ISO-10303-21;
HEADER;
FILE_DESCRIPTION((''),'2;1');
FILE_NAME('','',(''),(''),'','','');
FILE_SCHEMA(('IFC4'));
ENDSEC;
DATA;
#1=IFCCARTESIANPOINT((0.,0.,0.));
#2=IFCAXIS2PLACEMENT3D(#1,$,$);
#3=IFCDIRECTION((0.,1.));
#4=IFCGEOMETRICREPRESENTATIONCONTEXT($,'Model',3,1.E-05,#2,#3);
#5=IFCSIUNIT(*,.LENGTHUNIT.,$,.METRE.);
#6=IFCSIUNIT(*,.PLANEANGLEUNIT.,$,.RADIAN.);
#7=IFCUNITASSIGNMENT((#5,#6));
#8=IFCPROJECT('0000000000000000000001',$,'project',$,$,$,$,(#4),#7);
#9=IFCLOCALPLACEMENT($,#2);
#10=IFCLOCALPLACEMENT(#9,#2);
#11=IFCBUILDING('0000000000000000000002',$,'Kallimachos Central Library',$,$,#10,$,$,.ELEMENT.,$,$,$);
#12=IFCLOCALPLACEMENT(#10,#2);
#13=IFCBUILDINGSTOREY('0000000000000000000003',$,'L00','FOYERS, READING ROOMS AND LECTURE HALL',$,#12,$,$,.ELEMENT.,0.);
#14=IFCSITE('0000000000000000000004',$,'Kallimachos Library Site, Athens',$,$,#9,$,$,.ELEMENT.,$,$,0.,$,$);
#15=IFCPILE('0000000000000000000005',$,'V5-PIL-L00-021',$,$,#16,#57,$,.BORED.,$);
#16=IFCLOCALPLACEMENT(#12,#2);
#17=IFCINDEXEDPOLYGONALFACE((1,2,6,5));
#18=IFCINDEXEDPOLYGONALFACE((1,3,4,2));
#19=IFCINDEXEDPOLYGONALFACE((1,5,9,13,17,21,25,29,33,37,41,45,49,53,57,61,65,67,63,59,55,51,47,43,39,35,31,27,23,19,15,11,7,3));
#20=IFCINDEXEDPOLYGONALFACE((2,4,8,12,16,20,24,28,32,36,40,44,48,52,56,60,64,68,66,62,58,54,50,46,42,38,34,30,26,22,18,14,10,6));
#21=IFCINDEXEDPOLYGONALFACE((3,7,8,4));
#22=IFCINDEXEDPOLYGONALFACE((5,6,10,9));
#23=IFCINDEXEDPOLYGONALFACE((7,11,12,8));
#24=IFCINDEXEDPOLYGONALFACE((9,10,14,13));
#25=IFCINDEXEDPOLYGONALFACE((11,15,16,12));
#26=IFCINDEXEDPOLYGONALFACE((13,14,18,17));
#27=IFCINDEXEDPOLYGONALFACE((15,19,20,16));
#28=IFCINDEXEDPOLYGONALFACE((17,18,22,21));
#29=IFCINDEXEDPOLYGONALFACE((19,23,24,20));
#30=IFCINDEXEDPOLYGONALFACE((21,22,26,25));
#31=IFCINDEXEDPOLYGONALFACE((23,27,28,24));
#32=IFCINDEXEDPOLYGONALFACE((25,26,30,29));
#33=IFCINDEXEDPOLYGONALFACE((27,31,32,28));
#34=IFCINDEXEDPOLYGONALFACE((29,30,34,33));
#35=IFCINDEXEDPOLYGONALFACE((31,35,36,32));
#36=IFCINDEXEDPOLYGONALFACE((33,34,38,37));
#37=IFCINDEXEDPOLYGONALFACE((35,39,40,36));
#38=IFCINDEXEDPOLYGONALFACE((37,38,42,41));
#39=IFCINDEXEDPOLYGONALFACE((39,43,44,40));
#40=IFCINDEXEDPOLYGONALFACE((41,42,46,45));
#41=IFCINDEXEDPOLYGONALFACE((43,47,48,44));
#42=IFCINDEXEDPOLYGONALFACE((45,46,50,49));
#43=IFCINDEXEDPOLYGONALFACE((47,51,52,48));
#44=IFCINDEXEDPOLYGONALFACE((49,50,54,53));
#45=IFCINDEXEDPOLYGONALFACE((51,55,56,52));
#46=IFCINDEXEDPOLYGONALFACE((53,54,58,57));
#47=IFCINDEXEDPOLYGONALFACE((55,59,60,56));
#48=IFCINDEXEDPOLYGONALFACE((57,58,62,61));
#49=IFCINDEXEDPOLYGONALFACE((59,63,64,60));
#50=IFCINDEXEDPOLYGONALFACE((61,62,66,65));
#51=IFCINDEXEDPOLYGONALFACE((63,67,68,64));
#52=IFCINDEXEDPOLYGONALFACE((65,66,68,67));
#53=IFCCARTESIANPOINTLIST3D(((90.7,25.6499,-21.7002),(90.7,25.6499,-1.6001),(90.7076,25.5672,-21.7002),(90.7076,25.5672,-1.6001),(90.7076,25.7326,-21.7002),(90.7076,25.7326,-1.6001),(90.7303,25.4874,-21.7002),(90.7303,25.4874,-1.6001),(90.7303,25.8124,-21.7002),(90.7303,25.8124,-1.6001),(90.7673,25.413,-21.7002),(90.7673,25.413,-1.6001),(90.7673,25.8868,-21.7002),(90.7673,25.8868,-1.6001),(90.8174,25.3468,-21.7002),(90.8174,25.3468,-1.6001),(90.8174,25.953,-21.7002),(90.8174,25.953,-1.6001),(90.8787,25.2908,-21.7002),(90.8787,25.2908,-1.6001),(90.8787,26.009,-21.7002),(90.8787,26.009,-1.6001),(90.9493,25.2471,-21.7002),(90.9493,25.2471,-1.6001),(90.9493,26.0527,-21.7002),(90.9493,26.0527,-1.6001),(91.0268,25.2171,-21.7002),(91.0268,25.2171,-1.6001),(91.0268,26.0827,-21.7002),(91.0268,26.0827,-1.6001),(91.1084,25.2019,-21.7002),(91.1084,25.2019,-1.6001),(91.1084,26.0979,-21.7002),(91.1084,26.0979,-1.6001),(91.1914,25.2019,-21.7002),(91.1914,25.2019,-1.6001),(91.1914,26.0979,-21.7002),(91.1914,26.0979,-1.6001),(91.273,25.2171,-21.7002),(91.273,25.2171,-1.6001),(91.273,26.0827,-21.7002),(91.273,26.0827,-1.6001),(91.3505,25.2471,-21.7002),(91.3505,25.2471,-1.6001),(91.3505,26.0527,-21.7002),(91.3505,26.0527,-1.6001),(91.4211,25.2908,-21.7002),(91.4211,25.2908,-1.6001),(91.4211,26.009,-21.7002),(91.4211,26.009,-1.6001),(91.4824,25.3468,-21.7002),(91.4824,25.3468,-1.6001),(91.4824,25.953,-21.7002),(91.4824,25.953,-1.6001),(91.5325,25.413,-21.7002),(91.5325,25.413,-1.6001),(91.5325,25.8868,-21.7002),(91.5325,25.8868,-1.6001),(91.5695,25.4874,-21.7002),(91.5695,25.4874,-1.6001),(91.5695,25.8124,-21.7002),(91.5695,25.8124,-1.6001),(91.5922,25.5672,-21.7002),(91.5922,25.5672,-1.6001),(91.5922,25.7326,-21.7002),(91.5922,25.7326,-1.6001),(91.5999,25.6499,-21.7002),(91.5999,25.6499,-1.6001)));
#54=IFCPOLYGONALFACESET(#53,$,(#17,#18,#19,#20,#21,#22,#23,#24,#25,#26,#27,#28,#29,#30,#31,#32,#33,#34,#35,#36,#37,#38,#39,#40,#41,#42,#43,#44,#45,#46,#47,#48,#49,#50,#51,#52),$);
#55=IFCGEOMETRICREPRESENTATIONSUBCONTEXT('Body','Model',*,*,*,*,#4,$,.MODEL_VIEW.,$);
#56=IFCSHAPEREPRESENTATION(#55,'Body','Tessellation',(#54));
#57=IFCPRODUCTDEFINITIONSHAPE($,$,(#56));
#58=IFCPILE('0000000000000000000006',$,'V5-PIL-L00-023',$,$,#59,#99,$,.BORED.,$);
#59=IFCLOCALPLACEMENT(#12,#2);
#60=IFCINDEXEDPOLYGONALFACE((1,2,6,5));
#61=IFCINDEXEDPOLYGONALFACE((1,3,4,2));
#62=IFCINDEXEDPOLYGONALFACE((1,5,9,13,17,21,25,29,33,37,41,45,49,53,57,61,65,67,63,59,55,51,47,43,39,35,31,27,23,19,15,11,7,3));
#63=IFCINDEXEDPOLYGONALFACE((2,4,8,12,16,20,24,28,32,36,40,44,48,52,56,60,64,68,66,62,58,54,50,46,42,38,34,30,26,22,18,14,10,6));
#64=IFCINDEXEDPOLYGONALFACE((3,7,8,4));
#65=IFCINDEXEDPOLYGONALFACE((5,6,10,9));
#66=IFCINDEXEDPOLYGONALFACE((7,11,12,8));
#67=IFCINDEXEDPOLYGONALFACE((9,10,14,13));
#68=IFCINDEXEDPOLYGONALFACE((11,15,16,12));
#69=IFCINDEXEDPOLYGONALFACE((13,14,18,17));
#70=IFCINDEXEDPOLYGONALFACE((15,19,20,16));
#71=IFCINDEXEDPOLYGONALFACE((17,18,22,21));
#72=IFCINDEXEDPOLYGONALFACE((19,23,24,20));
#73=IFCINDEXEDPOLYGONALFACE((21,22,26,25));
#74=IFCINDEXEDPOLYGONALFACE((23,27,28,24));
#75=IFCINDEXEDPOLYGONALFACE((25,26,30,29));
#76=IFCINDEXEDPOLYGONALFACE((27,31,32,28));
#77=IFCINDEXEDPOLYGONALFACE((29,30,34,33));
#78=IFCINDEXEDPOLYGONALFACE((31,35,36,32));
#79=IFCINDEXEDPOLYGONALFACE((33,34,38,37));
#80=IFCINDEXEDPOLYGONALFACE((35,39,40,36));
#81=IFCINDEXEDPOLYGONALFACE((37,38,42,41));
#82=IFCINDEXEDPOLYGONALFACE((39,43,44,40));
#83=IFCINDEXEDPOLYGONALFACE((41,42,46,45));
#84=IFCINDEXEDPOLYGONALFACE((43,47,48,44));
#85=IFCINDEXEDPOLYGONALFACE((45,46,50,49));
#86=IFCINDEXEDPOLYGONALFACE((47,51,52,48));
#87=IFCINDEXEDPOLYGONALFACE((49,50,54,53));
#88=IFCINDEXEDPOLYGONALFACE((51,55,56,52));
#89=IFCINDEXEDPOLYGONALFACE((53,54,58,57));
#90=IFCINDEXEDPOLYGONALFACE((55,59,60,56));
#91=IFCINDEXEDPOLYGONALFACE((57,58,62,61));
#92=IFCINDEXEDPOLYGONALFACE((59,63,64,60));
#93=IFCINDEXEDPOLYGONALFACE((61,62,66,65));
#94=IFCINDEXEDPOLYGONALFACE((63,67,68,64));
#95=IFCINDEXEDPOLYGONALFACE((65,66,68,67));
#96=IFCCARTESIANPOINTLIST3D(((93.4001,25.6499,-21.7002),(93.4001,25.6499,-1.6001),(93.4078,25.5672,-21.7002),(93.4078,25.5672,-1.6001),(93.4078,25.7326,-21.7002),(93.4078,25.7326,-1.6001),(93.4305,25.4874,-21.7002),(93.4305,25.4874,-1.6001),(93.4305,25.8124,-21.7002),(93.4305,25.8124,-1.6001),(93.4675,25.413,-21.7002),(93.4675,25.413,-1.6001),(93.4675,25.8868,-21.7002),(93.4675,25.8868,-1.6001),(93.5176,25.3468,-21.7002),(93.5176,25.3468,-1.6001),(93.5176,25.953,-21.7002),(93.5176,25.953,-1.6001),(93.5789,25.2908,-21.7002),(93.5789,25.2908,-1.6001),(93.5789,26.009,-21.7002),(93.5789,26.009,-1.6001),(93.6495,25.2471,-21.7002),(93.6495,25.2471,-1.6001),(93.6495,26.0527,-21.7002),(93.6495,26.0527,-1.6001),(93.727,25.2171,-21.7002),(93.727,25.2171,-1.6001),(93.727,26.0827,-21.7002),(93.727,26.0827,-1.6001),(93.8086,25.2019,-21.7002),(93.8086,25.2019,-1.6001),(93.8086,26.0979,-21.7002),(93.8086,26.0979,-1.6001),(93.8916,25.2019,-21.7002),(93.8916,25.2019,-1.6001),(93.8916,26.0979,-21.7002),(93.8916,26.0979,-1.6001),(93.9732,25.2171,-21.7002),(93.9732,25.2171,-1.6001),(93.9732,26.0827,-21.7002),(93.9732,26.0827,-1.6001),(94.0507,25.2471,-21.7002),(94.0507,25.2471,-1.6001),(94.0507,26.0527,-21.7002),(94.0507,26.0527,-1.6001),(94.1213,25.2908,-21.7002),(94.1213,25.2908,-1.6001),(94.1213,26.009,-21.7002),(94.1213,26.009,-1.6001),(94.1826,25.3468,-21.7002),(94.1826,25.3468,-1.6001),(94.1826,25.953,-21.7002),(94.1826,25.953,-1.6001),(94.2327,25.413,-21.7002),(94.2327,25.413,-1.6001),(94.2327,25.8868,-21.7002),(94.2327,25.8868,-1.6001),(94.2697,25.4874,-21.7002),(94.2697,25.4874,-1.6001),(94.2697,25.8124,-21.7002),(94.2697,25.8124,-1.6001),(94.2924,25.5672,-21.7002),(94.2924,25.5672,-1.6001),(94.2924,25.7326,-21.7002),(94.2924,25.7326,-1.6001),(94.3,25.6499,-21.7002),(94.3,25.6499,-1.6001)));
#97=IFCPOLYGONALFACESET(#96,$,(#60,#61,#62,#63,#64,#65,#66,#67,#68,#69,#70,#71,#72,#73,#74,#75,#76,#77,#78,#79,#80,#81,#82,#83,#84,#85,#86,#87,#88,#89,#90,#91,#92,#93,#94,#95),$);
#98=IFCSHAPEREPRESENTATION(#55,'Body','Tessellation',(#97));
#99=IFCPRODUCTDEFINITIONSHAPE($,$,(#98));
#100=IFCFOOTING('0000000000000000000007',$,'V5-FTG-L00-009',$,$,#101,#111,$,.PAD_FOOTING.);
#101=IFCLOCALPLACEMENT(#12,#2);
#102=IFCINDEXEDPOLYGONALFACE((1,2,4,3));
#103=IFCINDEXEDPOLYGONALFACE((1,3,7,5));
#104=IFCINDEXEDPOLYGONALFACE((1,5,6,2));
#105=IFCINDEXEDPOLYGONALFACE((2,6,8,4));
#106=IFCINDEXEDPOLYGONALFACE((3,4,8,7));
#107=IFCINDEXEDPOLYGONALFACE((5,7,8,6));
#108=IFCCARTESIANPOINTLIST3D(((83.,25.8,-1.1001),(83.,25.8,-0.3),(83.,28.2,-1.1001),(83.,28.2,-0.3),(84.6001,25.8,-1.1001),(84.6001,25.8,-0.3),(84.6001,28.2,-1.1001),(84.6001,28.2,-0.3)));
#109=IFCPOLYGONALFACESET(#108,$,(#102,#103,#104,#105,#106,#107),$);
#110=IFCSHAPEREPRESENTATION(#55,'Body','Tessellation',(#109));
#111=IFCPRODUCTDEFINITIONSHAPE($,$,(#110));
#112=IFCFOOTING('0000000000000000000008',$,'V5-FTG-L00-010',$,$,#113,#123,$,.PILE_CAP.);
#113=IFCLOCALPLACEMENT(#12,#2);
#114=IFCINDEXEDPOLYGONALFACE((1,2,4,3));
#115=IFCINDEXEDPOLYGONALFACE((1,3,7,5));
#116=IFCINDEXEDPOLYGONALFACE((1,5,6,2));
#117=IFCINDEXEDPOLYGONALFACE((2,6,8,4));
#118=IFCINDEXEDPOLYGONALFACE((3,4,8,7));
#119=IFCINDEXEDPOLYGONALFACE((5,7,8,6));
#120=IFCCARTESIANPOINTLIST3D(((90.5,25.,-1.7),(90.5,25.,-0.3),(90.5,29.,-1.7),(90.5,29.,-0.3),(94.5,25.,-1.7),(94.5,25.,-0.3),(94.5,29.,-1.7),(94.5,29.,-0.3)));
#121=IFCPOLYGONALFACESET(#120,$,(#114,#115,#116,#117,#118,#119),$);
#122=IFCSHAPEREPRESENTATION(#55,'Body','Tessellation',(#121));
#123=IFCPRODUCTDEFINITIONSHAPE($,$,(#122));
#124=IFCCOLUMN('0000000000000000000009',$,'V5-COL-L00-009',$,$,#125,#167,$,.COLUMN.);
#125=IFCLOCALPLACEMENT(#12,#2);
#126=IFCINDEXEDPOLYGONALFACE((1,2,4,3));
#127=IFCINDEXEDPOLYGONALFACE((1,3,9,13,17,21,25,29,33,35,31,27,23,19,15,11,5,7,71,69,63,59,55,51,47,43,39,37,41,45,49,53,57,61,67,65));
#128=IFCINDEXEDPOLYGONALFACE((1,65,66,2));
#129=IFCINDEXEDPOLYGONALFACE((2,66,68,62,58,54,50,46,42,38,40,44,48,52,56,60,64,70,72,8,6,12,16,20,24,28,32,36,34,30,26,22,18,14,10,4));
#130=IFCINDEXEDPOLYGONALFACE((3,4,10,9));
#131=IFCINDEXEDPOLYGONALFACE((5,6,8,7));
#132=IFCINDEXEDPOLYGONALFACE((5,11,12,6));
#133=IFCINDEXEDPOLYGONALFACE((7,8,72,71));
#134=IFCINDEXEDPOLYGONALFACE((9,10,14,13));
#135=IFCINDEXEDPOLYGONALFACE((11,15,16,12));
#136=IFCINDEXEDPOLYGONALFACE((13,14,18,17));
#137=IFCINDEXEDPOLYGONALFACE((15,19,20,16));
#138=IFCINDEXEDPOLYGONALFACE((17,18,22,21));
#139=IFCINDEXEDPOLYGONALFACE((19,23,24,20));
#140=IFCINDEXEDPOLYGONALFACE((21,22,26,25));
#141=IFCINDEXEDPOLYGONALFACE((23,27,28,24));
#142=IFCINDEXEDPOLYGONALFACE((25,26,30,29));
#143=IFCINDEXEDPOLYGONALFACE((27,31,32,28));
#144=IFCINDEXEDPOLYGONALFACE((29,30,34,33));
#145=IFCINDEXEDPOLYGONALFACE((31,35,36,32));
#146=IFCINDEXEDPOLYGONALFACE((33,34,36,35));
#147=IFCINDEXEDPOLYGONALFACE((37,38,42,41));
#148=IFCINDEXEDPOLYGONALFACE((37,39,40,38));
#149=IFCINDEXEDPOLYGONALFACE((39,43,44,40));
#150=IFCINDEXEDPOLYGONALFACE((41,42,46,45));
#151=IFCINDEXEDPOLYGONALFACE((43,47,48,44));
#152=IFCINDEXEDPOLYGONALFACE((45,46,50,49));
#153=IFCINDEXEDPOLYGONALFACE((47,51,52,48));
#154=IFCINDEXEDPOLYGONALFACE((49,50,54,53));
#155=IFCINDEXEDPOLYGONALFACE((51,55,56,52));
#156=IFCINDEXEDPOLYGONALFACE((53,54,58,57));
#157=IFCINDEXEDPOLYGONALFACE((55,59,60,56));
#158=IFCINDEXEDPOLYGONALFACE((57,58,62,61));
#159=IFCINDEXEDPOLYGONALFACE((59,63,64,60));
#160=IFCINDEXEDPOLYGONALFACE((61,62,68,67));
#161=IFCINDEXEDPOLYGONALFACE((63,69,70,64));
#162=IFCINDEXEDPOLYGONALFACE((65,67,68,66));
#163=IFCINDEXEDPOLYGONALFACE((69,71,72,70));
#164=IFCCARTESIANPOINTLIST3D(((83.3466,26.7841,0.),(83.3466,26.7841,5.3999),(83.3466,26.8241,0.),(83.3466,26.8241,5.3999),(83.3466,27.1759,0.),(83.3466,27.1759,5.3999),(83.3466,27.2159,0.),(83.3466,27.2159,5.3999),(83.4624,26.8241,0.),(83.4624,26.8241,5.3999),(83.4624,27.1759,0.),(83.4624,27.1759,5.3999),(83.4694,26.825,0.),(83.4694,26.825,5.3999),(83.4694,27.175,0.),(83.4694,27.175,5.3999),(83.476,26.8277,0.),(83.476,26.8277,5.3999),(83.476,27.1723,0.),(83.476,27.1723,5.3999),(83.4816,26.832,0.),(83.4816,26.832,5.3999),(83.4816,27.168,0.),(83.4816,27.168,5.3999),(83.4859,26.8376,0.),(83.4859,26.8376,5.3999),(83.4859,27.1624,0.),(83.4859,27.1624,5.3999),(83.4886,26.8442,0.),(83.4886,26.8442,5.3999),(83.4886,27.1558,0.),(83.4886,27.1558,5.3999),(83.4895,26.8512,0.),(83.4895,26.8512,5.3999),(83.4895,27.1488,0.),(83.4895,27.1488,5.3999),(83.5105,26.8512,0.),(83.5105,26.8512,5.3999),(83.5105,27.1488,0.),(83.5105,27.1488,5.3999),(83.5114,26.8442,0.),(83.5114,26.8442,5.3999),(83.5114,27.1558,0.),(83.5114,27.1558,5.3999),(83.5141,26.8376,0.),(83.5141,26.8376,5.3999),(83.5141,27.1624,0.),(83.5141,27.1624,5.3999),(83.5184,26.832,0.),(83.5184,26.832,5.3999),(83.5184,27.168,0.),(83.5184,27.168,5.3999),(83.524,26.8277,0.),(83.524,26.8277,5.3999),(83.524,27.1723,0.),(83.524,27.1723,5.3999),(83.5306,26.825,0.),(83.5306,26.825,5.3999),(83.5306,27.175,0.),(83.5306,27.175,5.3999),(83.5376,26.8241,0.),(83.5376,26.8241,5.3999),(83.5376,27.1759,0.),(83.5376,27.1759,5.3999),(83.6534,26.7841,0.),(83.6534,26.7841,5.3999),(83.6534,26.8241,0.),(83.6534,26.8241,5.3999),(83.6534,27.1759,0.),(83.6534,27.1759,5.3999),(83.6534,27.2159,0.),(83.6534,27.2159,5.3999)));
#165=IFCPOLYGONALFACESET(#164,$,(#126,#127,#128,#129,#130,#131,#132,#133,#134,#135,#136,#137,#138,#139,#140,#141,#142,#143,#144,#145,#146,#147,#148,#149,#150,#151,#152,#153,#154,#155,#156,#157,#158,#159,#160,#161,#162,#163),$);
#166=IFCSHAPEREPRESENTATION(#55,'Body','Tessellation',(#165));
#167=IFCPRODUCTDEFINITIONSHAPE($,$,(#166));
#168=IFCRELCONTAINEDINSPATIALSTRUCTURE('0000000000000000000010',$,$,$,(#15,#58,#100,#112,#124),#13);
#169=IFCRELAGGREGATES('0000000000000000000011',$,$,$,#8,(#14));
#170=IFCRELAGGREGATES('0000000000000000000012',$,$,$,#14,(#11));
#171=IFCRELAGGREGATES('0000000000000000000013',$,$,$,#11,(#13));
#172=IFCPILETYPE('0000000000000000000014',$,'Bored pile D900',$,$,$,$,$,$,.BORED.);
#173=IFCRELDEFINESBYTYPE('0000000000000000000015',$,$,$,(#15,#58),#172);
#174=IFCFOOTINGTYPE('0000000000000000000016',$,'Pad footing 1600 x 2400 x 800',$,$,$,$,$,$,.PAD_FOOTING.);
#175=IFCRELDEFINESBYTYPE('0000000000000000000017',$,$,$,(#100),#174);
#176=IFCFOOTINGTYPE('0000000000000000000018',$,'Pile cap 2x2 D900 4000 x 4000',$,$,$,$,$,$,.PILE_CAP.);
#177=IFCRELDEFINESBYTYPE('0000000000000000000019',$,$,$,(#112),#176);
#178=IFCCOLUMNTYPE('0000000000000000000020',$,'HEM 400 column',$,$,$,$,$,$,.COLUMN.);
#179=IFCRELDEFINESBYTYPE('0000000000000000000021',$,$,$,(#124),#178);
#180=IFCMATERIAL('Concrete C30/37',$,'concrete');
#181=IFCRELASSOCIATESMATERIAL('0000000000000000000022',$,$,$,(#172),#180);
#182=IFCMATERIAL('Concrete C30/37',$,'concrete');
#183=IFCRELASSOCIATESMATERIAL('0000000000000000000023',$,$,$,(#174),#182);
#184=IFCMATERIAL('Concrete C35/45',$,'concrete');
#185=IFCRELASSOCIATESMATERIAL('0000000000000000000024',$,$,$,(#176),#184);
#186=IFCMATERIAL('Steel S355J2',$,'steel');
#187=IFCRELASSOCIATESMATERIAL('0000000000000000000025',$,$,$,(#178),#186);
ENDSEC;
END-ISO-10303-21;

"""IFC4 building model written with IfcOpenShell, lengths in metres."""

from ifc_helpers import new_model, si_unit, direction, frame, origin, origin_2d, place, context, subcontext, project, spatial, rectangle, circle, i_section, extrude, material, material_profile, profile_set, type_object, element, save


model = new_model("IFC4")

# Units and contexts
model_context = context("Model", 3, precision=1e-05, world=origin(), true_north=direction((0.0, 1.0)))
body_context = subcontext(model_context, "Body", "Model", "MODEL_VIEW")
ifc_project = project(units=[si_unit("LENGTHUNIT", "METRE"), si_unit("PLANEANGLEUNIT", "RADIAN")], contexts=[model_context])

# Site, building, storey
site_placement = place(None, origin())
site = spatial("IfcSite", under=ifc_project, at=site_placement, Name="Kallimachos Library Site, Athens", CompositionType="ELEMENT", RefElevation=0.0)
building_placement = place(site_placement, origin())
building = spatial("IfcBuilding", under=site, at=building_placement, Name="Kallimachos Central Library", CompositionType="ELEMENT")
storey_placement = place(building_placement, origin())
storey = spatial("IfcBuildingStorey", under=building, at=storey_placement, Name="L00", Description="FOYERS, READING ROOMS AND LECTURE HALL", CompositionType="ELEMENT", Elevation=0.0)

# Piles
ifc_material_1 = material(Name="Concrete C30/37", Category="concrete")
pile_type = type_object("IfcPileType", Name="Bored pile D900", PredefinedType="BORED", material=ifc_material_1)
for number, where, z_axis, x_axis, name in (
    (1, (91.1499, 25.6499, -1.6001), (0.0, 0.0, -1.0), (1.0, 0.0, 0.0), "V5-PIL-L00-021"),
    (2, (93.8501, 25.6499, -1.6001), (0.0, 0.0, -1.0), (1.0, 0.0, 0.0), "V5-PIL-L00-023"),
):
    element("IfcPile", number, at=place(storey_placement, frame(where, z_axis=z_axis, x_axis=x_axis)), inside=storey, type_object=pile_type, Name=name, PredefinedType="BORED", context=body_context, shape_type="SweptSolid", body=[
        extrude(circle(Radius=0.45, at=origin_2d()), origin(), (0.0, 0.0, 1.0), 20.1001),
    ])

# Footings
ifc_material_2 = material(Name="Concrete C30/37", Category="concrete")
footing_type_1 = type_object("IfcFootingType", Name="Pad footing 1600 x 2400 x 800", PredefinedType="PAD_FOOTING", material=ifc_material_2)
footing_1_placement = place(storey_placement, frame((83.8, 27.0, -1.1001), z_axis=(0.0, 0.0, 1.0), x_axis=(1.0, 0.0, 0.0)))
element("IfcFooting", 3, at=footing_1_placement, inside=storey, type_object=footing_type_1, Name="V5-FTG-L00-009", PredefinedType="PAD_FOOTING", context=body_context, shape_type="SweptSolid", body=[
    extrude(rectangle(XDim=1.6001, YDim=2.3999, at=origin_2d()), origin(), (0.0, 0.0, 1.0), 0.8),
])
ifc_material_3 = material(Name="Concrete C35/45", Category="concrete")
footing_type_2 = type_object("IfcFootingType", Name="Pile cap 2x2 D900 4000 x 4000", PredefinedType="PILE_CAP", material=ifc_material_3)
footing_2_placement = place(storey_placement, frame((92.5, 27.0, -1.7), z_axis=(0.0, 0.0, 1.0), x_axis=(1.0, 0.0, 0.0)))
element("IfcFooting", 4, at=footing_2_placement, inside=storey, type_object=footing_type_2, Name="V5-FTG-L00-010", PredefinedType="PILE_CAP", context=body_context, shape_type="SweptSolid", body=[
    extrude(rectangle(XDim=4.0, YDim=4.0, at=origin_2d()), origin(), (0.0, 0.0, 1.0), 1.3999),
])

# Column
ifc_material_4 = material(Name="Steel S355J2", Category="steel")
ifc_material_profile_1 = material_profile(ifc_material_4, i_section(OverallWidth=0.3069, OverallDepth=0.4319, WebThickness=0.021, FlangeThickness=0.04, FilletRadius=0.0271, at=origin_2d()), Name="HEM 400")
ifc_profile_set_1 = profile_set([ifc_material_profile_1], Name="Steel S355J2")
column_type = type_object("IfcColumnType", Name="HEM 400 column", PredefinedType="COLUMN", material=ifc_profile_set_1)
for number, where, z_axis, x_axis, name in (
    (5, (83.5, 27.0, 0.0), (0.0, 0.0, 1.0), (1.0, 0.0, 0.0), "V5-COL-L00-009"),
):
    element("IfcColumn", number, at=place(storey_placement, frame(where, z_axis=z_axis, x_axis=x_axis)), inside=storey, type_object=column_type, Name=name, PredefinedType="COLUMN", context=body_context, shape_type="SweptSolid", body=[
        extrude(i_section(OverallWidth=0.3069, OverallDepth=0.4319, WebThickness=0.021, FlangeThickness=0.04, FilletRadius=0.0271, at=origin_2d()), origin(), (0.0, 0.0, 1.0), 5.3999),
    ])

save(model, "model.ifc")
